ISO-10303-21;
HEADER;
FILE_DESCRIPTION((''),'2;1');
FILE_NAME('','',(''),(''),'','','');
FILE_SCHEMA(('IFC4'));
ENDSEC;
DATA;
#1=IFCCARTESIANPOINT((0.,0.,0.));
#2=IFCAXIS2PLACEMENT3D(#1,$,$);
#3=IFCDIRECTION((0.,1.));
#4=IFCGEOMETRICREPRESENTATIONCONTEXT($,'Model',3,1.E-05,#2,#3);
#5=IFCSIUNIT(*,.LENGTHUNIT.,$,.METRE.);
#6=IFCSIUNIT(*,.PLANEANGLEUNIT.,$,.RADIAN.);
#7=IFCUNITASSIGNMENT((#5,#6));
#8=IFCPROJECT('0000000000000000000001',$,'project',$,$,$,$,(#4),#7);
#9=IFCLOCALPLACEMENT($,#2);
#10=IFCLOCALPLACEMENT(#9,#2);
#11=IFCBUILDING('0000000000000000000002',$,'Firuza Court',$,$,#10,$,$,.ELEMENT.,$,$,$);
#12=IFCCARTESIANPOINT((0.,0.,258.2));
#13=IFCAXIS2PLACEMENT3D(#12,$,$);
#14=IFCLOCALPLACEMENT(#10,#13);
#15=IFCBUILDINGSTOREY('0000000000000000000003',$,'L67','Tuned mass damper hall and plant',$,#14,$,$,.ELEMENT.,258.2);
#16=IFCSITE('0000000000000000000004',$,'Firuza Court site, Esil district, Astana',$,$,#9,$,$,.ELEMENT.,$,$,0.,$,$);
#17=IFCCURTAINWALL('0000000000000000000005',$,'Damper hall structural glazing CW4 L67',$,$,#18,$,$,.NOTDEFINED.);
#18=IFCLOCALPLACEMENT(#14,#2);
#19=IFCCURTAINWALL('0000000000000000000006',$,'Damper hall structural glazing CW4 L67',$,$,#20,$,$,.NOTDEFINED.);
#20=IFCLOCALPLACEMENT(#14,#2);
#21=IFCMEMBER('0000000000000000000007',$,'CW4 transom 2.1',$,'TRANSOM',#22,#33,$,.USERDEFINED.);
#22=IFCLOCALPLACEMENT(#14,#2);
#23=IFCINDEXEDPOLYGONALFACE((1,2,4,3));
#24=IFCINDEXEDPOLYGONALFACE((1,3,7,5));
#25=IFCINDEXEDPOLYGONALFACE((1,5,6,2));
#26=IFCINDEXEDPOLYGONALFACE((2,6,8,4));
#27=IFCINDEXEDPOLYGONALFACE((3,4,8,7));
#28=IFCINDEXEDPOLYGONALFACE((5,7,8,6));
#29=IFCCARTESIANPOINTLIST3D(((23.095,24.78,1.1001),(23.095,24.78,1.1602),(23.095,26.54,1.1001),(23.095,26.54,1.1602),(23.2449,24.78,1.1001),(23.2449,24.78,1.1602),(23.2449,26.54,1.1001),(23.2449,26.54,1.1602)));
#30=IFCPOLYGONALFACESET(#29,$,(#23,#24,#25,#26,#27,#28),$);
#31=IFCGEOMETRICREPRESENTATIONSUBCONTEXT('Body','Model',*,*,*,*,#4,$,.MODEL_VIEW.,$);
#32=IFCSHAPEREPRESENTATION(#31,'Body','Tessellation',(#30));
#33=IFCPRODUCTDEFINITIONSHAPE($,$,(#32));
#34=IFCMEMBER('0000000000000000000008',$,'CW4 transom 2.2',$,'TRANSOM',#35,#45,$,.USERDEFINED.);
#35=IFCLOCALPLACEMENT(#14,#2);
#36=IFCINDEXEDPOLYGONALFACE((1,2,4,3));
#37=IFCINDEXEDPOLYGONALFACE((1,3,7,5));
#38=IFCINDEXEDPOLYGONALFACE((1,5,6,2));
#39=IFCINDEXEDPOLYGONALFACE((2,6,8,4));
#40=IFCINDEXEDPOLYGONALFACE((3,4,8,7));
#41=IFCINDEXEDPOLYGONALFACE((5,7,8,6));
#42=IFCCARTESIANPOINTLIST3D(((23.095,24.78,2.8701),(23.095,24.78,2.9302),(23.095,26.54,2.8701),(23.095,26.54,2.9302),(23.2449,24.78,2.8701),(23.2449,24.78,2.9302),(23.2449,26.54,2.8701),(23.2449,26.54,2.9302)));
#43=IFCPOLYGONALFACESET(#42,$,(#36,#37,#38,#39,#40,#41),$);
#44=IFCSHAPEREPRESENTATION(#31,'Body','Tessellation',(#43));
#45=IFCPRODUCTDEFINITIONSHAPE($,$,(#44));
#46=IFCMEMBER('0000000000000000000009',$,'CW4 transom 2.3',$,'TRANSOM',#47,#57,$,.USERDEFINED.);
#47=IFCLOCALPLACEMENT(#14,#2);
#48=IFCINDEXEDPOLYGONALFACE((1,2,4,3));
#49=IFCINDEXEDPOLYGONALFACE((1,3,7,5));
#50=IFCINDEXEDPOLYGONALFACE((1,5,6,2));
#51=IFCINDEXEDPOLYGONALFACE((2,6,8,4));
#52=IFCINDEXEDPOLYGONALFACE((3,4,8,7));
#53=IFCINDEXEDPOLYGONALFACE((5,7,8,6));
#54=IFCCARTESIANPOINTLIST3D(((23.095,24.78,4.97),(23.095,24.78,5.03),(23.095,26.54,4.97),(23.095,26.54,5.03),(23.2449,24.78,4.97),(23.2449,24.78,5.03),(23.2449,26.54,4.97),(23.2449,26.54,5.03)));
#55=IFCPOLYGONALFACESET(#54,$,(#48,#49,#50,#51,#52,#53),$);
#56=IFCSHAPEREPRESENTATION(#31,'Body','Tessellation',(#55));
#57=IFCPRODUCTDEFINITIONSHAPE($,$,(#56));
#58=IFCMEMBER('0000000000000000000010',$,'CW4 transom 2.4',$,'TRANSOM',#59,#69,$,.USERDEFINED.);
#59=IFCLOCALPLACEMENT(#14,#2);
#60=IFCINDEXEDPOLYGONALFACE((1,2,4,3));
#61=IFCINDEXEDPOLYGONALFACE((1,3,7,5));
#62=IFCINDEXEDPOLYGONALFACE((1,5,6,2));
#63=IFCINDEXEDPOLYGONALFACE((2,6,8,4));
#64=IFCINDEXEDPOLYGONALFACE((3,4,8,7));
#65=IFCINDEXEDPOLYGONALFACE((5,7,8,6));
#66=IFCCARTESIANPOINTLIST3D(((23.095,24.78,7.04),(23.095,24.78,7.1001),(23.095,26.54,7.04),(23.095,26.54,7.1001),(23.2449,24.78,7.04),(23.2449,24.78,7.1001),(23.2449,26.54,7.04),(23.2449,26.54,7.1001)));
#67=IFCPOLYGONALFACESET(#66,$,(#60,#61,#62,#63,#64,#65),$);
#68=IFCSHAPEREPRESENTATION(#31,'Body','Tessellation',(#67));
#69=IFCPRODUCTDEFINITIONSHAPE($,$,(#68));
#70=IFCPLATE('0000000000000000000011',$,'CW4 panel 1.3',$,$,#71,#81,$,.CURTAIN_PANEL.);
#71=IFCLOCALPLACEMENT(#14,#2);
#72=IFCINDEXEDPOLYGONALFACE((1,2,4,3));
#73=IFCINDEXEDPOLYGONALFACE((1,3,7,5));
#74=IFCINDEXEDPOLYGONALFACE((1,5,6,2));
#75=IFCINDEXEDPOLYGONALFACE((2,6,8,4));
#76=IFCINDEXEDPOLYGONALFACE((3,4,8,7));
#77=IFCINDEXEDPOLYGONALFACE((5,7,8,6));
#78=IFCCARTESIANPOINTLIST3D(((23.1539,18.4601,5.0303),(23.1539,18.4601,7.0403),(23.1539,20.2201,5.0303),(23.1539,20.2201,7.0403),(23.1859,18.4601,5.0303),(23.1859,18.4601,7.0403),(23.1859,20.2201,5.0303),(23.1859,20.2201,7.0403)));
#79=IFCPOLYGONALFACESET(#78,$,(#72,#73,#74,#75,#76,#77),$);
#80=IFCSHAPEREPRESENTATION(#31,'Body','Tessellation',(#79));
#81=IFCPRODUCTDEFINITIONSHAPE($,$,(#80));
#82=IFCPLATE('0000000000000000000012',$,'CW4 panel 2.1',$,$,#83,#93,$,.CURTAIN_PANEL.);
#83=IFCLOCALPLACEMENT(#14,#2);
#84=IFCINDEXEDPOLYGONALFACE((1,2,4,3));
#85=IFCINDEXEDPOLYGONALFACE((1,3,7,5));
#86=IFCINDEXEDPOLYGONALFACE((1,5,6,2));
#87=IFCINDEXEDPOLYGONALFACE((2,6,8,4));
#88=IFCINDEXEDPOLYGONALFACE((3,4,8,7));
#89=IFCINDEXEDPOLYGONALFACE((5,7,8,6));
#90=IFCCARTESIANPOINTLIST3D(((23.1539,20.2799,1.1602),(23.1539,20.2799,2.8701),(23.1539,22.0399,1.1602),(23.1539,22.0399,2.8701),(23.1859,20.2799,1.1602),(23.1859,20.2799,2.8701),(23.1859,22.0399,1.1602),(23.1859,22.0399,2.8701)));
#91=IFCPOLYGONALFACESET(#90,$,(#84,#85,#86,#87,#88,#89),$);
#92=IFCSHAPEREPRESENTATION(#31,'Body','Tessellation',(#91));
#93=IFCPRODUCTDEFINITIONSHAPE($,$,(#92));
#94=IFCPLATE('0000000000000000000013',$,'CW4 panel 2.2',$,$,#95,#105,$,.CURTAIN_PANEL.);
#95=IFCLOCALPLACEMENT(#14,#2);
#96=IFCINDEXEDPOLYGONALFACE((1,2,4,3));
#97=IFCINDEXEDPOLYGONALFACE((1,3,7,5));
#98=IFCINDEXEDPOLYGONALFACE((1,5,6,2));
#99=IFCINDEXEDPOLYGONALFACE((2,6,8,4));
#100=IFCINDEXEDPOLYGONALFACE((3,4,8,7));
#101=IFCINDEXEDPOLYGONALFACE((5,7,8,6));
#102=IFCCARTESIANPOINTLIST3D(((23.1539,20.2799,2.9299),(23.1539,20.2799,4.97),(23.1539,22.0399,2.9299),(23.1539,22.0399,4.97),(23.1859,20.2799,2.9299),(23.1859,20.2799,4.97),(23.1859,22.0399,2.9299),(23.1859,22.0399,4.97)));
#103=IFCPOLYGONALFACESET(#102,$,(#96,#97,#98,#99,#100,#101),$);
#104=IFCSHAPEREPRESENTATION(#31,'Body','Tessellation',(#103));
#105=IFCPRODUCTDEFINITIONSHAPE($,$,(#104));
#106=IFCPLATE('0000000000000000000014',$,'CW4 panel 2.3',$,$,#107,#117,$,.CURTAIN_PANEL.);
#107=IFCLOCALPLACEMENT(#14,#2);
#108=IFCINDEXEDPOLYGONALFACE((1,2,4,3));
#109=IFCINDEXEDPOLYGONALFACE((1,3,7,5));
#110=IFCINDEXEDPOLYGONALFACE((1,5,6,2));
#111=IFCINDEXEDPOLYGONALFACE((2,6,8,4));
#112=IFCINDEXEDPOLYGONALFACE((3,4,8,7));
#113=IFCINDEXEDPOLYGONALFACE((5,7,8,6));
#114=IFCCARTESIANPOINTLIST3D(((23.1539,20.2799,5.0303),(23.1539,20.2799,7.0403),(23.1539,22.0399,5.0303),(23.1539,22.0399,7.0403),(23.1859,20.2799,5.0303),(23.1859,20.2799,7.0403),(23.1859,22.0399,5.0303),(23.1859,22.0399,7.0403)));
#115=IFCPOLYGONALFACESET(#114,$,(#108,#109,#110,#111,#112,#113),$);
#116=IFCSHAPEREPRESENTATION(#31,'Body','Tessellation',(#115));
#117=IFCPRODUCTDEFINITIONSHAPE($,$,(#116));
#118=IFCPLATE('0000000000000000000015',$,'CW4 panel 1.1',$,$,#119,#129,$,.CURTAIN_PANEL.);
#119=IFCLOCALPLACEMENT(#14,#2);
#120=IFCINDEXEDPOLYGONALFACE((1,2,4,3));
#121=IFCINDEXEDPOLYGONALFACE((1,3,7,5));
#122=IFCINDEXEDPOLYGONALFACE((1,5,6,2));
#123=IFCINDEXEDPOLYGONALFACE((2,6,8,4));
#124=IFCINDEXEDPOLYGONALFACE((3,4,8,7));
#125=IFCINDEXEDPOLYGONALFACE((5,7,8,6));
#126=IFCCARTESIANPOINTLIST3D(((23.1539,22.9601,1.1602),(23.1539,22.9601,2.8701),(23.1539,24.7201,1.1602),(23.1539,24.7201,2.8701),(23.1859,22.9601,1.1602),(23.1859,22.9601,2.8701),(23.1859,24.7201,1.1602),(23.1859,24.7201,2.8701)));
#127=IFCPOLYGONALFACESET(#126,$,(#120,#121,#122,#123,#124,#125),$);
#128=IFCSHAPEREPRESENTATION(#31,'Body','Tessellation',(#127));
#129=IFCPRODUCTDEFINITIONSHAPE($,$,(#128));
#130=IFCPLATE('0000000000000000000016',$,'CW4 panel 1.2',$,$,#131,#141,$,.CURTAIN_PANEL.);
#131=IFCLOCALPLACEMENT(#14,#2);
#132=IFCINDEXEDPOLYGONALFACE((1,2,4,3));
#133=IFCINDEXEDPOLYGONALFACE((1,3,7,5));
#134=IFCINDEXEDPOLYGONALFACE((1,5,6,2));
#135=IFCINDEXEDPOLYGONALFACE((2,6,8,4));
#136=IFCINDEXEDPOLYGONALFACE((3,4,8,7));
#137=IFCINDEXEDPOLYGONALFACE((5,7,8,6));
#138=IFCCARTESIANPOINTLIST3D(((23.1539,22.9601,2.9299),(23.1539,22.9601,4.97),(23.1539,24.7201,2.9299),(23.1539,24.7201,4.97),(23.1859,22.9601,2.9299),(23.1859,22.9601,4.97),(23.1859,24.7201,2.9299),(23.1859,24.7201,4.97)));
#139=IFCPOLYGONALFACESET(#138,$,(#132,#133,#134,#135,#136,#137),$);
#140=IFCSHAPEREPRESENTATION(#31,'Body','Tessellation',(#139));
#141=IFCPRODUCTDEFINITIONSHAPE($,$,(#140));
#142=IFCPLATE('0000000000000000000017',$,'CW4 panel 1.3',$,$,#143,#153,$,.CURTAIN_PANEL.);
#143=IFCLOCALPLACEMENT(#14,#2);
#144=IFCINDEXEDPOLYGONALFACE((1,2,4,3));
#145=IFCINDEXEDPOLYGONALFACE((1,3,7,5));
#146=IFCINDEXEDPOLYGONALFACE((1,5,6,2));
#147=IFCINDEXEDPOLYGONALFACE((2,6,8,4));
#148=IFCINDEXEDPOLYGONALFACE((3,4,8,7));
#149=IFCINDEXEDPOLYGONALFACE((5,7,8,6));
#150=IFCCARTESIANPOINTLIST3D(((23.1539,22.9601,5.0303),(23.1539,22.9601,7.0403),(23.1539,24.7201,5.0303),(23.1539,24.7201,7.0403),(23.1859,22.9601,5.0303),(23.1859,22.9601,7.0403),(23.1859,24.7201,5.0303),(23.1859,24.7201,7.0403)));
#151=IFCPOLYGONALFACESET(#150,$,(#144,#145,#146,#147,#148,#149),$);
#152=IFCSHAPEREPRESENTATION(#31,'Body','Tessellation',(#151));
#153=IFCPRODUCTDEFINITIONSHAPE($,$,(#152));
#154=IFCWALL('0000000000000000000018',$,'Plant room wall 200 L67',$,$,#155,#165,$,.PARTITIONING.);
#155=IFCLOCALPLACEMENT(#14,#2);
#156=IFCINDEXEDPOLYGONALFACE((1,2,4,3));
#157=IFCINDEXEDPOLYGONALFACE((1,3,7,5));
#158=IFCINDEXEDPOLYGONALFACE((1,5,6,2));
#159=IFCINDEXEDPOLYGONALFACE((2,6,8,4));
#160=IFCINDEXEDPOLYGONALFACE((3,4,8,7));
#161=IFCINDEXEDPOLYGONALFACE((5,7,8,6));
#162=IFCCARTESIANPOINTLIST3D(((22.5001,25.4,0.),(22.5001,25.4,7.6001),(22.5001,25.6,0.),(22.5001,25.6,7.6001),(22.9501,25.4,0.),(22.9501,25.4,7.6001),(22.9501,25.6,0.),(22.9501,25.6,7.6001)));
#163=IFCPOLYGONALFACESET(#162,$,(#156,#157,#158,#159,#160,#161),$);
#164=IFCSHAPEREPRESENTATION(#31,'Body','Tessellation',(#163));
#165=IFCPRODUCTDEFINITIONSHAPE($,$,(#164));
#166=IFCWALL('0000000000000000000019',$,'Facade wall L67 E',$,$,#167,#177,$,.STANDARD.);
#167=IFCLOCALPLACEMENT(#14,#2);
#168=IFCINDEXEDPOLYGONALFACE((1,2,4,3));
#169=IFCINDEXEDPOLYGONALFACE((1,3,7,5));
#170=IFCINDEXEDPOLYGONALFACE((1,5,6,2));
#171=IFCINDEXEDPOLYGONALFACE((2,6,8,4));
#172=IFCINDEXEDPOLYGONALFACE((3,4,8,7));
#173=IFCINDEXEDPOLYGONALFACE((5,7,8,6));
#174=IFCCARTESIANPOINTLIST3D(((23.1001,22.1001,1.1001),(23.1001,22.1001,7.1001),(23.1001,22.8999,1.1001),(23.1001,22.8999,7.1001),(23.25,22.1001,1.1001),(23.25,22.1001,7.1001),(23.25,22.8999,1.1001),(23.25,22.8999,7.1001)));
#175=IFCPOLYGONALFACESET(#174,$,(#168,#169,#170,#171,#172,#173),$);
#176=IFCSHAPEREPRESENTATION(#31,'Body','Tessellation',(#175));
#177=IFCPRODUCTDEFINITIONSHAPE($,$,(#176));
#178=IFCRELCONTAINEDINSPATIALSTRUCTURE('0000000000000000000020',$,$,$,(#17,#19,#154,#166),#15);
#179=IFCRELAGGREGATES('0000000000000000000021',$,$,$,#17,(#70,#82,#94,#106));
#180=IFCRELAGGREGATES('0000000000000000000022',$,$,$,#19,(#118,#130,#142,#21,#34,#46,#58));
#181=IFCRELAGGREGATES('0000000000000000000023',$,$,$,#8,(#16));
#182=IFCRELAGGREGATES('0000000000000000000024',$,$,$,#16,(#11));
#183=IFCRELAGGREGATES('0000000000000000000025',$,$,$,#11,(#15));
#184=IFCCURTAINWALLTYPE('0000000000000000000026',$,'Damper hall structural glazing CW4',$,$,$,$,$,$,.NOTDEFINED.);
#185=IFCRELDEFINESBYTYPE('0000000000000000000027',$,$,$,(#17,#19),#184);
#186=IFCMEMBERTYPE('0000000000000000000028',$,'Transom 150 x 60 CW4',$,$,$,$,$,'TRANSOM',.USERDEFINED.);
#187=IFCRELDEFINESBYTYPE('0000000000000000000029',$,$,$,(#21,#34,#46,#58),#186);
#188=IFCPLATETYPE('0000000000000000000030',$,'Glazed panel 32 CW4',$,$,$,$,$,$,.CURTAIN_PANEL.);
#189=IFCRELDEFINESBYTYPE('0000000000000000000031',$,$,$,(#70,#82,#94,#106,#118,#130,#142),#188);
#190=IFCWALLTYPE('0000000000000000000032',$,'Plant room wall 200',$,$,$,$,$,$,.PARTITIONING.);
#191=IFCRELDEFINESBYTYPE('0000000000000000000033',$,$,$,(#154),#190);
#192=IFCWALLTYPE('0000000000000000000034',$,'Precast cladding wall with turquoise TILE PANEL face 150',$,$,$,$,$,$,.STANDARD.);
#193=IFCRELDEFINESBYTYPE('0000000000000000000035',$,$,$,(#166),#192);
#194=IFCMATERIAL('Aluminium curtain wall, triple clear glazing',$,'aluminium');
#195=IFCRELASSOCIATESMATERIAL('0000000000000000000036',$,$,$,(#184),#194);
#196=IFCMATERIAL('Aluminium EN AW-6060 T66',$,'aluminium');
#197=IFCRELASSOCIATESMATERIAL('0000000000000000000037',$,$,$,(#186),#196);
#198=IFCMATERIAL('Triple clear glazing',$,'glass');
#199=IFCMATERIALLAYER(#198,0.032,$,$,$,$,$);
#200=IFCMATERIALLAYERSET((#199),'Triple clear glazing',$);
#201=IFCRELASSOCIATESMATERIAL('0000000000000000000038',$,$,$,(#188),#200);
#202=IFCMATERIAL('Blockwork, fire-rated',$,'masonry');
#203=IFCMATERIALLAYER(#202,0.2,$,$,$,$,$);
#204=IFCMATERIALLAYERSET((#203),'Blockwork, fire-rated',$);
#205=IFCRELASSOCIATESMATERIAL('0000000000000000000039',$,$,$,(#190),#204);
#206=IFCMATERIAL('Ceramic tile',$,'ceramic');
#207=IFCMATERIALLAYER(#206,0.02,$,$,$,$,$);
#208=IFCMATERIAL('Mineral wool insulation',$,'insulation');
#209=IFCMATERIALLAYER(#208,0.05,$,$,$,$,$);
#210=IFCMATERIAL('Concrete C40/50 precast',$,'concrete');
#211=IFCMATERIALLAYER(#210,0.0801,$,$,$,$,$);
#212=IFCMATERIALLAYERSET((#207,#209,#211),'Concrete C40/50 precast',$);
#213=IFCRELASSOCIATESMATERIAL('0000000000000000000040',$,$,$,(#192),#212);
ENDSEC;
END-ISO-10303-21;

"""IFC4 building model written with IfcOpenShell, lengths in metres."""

from ifc_helpers import new_model, si_unit, direction, frame, frame_2d, origin, origin_2d, place, context, subcontext, project, spatial, rectangle, extrude, material, layer, layer_set, material_profile, profile_set, type_object, element, aggregate, save


model = new_model("IFC4")

# Units and contexts
model_context = context("Model", 3, precision=1e-05, world=origin(), true_north=direction((0.0, 1.0)))
body_context = subcontext(model_context, "Body", "Model", "MODEL_VIEW")
ifc_project = project(units=[si_unit("LENGTHUNIT", "METRE"), si_unit("PLANEANGLEUNIT", "RADIAN")], contexts=[model_context])

# Site, building, storey
site_placement = place(None, origin())
site = spatial("IfcSite", under=ifc_project, at=site_placement, Name="Firuza Court site, Esil district, Astana", CompositionType="ELEMENT", RefElevation=0.0)
building_placement = place(site_placement, origin())
building = spatial("IfcBuilding", under=site, at=building_placement, Name="Firuza Court", CompositionType="ELEMENT")
storey_placement = place(building_placement, frame((0.0, 0.0, 258.2)))
storey = spatial("IfcBuildingStorey", under=building, at=storey_placement, Name="L67", Description="Tuned mass damper hall and plant", CompositionType="ELEMENT", Elevation=258.2)

# Curtain walls
ifc_material_1 = material(Name="Aluminium curtain wall, triple clear glazing", Category="aluminium")
curtain_wall_type = type_object("IfcCurtainWallType", Name="Damper hall structural glazing CW4", PredefinedType="NOTDEFINED", material=ifc_material_1)
curtain_wall_1_placement = place(storey_placement, origin())
curtain_wall_1 = element("IfcCurtainWall", 1, at=curtain_wall_1_placement, inside=storey, type_object=curtain_wall_type, Name="Damper hall structural glazing CW4 L67", PredefinedType="NOTDEFINED")
curtain_wall_2_placement = place(storey_placement, origin())
curtain_wall_2 = element("IfcCurtainWall", 2, at=curtain_wall_2_placement, inside=storey, type_object=curtain_wall_type, Name="Damper hall structural glazing CW4 L67", PredefinedType="NOTDEFINED")

# Members
ifc_material_2 = material(Name="Aluminium EN AW-6060 T66", Category="aluminium")
ifc_material_profile_1 = material_profile(ifc_material_2, rectangle(XDim=0.1499, YDim=0.0601, at=origin_2d()), Name="Transom 150 x 60 CW4")
ifc_profile_set_1 = profile_set([ifc_material_profile_1], Name="Aluminium EN AW-6060 T66")
member_type_1 = type_object("IfcMemberType", Name="Transom 150 x 60 CW4", ElementType="TRANSOM", PredefinedType="USERDEFINED", material=ifc_profile_set_1)
member_1_placement = place(storey_placement, frame((23.1699, 24.78, 1.1301), z_axis=(0.0, 1.0, 0.0), x_axis=(-1.0, 0.0, 0.0)))
member_1 = element("IfcMember", 3, at=member_1_placement, type_object=member_type_1, Name="CW4 transom 2.1", ObjectType="TRANSOM", PredefinedType="USERDEFINED", context=body_context, shape_type="SweptSolid", body=[
    extrude(rectangle(XDim=0.1499, YDim=0.0601, at=origin_2d()), origin(), (0.0, 0.0, 1.0), 1.76),
])
member_2_placement = place(storey_placement, frame((23.1699, 24.78, 2.9001), z_axis=(0.0, 1.0, 0.0), x_axis=(-1.0, 0.0, 0.0)))
member_2 = element("IfcMember", 4, at=member_2_placement, type_object=member_type_1, Name="CW4 transom 2.2", ObjectType="TRANSOM", PredefinedType="USERDEFINED", context=body_context, shape_type="SweptSolid", body=[
    extrude(rectangle(XDim=0.1499, YDim=0.0601, at=origin_2d()), origin(), (0.0, 0.0, 1.0), 1.76),
])
member_3_placement = place(storey_placement, frame((23.1699, 24.78, 5.0), z_axis=(0.0, 1.0, 0.0), x_axis=(-1.0, 0.0, 0.0)))
member_3 = element("IfcMember", 5, at=member_3_placement, type_object=member_type_1, Name="CW4 transom 2.3", ObjectType="TRANSOM", PredefinedType="USERDEFINED", context=body_context, shape_type="SweptSolid", body=[
    extrude(rectangle(XDim=0.1499, YDim=0.0601, at=origin_2d()), origin(), (0.0, 0.0, 1.0), 1.76),
])
member_4_placement = place(storey_placement, frame((23.1699, 24.78, 7.0701), z_axis=(0.0, 1.0, 0.0), x_axis=(-1.0, 0.0, 0.0)))
member_4 = element("IfcMember", 6, at=member_4_placement, type_object=member_type_1, Name="CW4 transom 2.4", ObjectType="TRANSOM", PredefinedType="USERDEFINED", context=body_context, shape_type="SweptSolid", body=[
    extrude(rectangle(XDim=0.1499, YDim=0.0601, at=origin_2d()), origin(), (0.0, 0.0, 1.0), 1.76),
])

# Plates
ifc_material_3 = material(Name="Triple clear glazing", Category="glass")
ifc_layer_1 = layer(ifc_material_3, 0.032)
ifc_layer_set_1 = layer_set([ifc_layer_1], Name="Triple clear glazing")
plate_type = type_object("IfcPlateType", Name="Glazed panel 32 CW4", PredefinedType="CURTAIN_PANEL", material=ifc_layer_set_1)
plate_1_placement = place(storey_placement, frame((23.1699, 19.3401, 5.0303), z_axis=(0.0, 0.0, 1.0), x_axis=(0.0, 1.0, 0.0)))
plate_1 = element("IfcPlate", 7, at=plate_1_placement, type_object=plate_type, Name="CW4 panel 1.3", PredefinedType="CURTAIN_PANEL", context=body_context, shape_type="SweptSolid", body=[
    extrude(rectangle(XDim=1.76, YDim=0.032, at=origin_2d()), origin(), (0.0, 0.0, 1.0), 2.01),
])
plate_2_placement = place(storey_placement, frame((23.1699, 21.1599, 1.1602), z_axis=(0.0, 0.0, 1.0), x_axis=(0.0, 1.0, 0.0)))
plate_2 = element("IfcPlate", 8, at=plate_2_placement, type_object=plate_type, Name="CW4 panel 2.1", PredefinedType="CURTAIN_PANEL", context=body_context, shape_type="SweptSolid", body=[
    extrude(rectangle(XDim=1.76, YDim=0.032, at=origin_2d()), origin(), (0.0, 0.0, 1.0), 1.71),
])
plate_3_placement = place(storey_placement, frame((23.1699, 21.1599, 2.9299), z_axis=(0.0, 0.0, 1.0), x_axis=(0.0, 1.0, 0.0)))
plate_3 = element("IfcPlate", 9, at=plate_3_placement, type_object=plate_type, Name="CW4 panel 2.2", PredefinedType="CURTAIN_PANEL", context=body_context, shape_type="SweptSolid", body=[
    extrude(rectangle(XDim=1.76, YDim=0.032, at=origin_2d()), origin(), (0.0, 0.0, 1.0), 2.04),
])
plate_4_placement = place(storey_placement, frame((23.1699, 21.1599, 5.0303), z_axis=(0.0, 0.0, 1.0), x_axis=(0.0, 1.0, 0.0)))
plate_4 = element("IfcPlate", 10, at=plate_4_placement, type_object=plate_type, Name="CW4 panel 2.3", PredefinedType="CURTAIN_PANEL", context=body_context, shape_type="SweptSolid", body=[
    extrude(rectangle(XDim=1.76, YDim=0.032, at=origin_2d()), origin(), (0.0, 0.0, 1.0), 2.01),
])
aggregate(curtain_wall_1, [plate_1, plate_2, plate_3, plate_4])
plate_5_placement = place(storey_placement, frame((23.1699, 23.8401, 1.1602), z_axis=(0.0, 0.0, 1.0), x_axis=(0.0, 1.0, 0.0)))
plate_5 = element("IfcPlate", 11, at=plate_5_placement, type_object=plate_type, Name="CW4 panel 1.1", PredefinedType="CURTAIN_PANEL", context=body_context, shape_type="SweptSolid", body=[
    extrude(rectangle(XDim=1.76, YDim=0.032, at=origin_2d()), origin(), (0.0, 0.0, 1.0), 1.71),
])
plate_6_placement = place(storey_placement, frame((23.1699, 23.8401, 2.9299), z_axis=(0.0, 0.0, 1.0), x_axis=(0.0, 1.0, 0.0)))
plate_6 = element("IfcPlate", 12, at=plate_6_placement, type_object=plate_type, Name="CW4 panel 1.2", PredefinedType="CURTAIN_PANEL", context=body_context, shape_type="SweptSolid", body=[
    extrude(rectangle(XDim=1.76, YDim=0.032, at=origin_2d()), origin(), (0.0, 0.0, 1.0), 2.04),
])
plate_7_placement = place(storey_placement, frame((23.1699, 23.8401, 5.0303), z_axis=(0.0, 0.0, 1.0), x_axis=(0.0, 1.0, 0.0)))
plate_7 = element("IfcPlate", 13, at=plate_7_placement, type_object=plate_type, Name="CW4 panel 1.3", PredefinedType="CURTAIN_PANEL", context=body_context, shape_type="SweptSolid", body=[
    extrude(rectangle(XDim=1.76, YDim=0.032, at=origin_2d()), origin(), (0.0, 0.0, 1.0), 2.01),
])
aggregate(curtain_wall_2, [plate_5, plate_6, plate_7, member_1, member_2, member_3, member_4])

# Walls
ifc_material_4 = material(Name="Blockwork, fire-rated", Category="masonry")
ifc_layer_2 = layer(ifc_material_4, 0.2)
ifc_layer_set_2 = layer_set([ifc_layer_2], Name="Blockwork, fire-rated")
wall_type_1 = type_object("IfcWallType", Name="Plant room wall 200", PredefinedType="PARTITIONING", material=ifc_layer_set_2)
wall_1_placement = place(storey_placement, frame((22.5, 25.5, 0.0), z_axis=(0.0, 0.0, 1.0), x_axis=(1.0, 0.0, 0.0)))
element("IfcWall", 14, at=wall_1_placement, inside=storey, type_object=wall_type_1, Name="Plant room wall 200 L67", PredefinedType="PARTITIONING", context=body_context, shape_type="SweptSolid", body=[
    extrude(rectangle(XDim=0.45, YDim=0.2, at=frame_2d((0.2251, 0.0))), origin(), (0.0, 0.0, 1.0), 7.6001),
])
ifc_material_5 = material(Name="Ceramic tile", Category="ceramic")
ifc_layer_3 = layer(ifc_material_5, 0.02)
ifc_material_6 = material(Name="Mineral wool insulation", Category="insulation")
ifc_layer_4 = layer(ifc_material_6, 0.05)
ifc_material_7 = material(Name="Concrete C40/50 precast", Category="concrete")
ifc_layer_5 = layer(ifc_material_7, 0.0801)
ifc_layer_set_3 = layer_set([ifc_layer_3, ifc_layer_4, ifc_layer_5], Name="Concrete C40/50 precast")
wall_type_2 = type_object("IfcWallType", Name="Precast cladding wall with turquoise TILE PANEL face 150", PredefinedType="STANDARD", material=ifc_layer_set_3)
wall_2_placement = place(storey_placement, frame((23.175, 22.1001, 1.1001), z_axis=(0.0, 0.0, 1.0), x_axis=(0.0, 1.0, 0.0)))
element("IfcWall", 15, at=wall_2_placement, inside=storey, type_object=wall_type_2, Name="Facade wall L67 E", PredefinedType="STANDARD", context=body_context, shape_type="SweptSolid", body=[
    extrude(rectangle(XDim=0.7998, YDim=0.1499, at=frame_2d((0.3999, 0.0))), origin(), (0.0, 0.0, 1.0), 6.0),
])

save(model, "model.ifc")
